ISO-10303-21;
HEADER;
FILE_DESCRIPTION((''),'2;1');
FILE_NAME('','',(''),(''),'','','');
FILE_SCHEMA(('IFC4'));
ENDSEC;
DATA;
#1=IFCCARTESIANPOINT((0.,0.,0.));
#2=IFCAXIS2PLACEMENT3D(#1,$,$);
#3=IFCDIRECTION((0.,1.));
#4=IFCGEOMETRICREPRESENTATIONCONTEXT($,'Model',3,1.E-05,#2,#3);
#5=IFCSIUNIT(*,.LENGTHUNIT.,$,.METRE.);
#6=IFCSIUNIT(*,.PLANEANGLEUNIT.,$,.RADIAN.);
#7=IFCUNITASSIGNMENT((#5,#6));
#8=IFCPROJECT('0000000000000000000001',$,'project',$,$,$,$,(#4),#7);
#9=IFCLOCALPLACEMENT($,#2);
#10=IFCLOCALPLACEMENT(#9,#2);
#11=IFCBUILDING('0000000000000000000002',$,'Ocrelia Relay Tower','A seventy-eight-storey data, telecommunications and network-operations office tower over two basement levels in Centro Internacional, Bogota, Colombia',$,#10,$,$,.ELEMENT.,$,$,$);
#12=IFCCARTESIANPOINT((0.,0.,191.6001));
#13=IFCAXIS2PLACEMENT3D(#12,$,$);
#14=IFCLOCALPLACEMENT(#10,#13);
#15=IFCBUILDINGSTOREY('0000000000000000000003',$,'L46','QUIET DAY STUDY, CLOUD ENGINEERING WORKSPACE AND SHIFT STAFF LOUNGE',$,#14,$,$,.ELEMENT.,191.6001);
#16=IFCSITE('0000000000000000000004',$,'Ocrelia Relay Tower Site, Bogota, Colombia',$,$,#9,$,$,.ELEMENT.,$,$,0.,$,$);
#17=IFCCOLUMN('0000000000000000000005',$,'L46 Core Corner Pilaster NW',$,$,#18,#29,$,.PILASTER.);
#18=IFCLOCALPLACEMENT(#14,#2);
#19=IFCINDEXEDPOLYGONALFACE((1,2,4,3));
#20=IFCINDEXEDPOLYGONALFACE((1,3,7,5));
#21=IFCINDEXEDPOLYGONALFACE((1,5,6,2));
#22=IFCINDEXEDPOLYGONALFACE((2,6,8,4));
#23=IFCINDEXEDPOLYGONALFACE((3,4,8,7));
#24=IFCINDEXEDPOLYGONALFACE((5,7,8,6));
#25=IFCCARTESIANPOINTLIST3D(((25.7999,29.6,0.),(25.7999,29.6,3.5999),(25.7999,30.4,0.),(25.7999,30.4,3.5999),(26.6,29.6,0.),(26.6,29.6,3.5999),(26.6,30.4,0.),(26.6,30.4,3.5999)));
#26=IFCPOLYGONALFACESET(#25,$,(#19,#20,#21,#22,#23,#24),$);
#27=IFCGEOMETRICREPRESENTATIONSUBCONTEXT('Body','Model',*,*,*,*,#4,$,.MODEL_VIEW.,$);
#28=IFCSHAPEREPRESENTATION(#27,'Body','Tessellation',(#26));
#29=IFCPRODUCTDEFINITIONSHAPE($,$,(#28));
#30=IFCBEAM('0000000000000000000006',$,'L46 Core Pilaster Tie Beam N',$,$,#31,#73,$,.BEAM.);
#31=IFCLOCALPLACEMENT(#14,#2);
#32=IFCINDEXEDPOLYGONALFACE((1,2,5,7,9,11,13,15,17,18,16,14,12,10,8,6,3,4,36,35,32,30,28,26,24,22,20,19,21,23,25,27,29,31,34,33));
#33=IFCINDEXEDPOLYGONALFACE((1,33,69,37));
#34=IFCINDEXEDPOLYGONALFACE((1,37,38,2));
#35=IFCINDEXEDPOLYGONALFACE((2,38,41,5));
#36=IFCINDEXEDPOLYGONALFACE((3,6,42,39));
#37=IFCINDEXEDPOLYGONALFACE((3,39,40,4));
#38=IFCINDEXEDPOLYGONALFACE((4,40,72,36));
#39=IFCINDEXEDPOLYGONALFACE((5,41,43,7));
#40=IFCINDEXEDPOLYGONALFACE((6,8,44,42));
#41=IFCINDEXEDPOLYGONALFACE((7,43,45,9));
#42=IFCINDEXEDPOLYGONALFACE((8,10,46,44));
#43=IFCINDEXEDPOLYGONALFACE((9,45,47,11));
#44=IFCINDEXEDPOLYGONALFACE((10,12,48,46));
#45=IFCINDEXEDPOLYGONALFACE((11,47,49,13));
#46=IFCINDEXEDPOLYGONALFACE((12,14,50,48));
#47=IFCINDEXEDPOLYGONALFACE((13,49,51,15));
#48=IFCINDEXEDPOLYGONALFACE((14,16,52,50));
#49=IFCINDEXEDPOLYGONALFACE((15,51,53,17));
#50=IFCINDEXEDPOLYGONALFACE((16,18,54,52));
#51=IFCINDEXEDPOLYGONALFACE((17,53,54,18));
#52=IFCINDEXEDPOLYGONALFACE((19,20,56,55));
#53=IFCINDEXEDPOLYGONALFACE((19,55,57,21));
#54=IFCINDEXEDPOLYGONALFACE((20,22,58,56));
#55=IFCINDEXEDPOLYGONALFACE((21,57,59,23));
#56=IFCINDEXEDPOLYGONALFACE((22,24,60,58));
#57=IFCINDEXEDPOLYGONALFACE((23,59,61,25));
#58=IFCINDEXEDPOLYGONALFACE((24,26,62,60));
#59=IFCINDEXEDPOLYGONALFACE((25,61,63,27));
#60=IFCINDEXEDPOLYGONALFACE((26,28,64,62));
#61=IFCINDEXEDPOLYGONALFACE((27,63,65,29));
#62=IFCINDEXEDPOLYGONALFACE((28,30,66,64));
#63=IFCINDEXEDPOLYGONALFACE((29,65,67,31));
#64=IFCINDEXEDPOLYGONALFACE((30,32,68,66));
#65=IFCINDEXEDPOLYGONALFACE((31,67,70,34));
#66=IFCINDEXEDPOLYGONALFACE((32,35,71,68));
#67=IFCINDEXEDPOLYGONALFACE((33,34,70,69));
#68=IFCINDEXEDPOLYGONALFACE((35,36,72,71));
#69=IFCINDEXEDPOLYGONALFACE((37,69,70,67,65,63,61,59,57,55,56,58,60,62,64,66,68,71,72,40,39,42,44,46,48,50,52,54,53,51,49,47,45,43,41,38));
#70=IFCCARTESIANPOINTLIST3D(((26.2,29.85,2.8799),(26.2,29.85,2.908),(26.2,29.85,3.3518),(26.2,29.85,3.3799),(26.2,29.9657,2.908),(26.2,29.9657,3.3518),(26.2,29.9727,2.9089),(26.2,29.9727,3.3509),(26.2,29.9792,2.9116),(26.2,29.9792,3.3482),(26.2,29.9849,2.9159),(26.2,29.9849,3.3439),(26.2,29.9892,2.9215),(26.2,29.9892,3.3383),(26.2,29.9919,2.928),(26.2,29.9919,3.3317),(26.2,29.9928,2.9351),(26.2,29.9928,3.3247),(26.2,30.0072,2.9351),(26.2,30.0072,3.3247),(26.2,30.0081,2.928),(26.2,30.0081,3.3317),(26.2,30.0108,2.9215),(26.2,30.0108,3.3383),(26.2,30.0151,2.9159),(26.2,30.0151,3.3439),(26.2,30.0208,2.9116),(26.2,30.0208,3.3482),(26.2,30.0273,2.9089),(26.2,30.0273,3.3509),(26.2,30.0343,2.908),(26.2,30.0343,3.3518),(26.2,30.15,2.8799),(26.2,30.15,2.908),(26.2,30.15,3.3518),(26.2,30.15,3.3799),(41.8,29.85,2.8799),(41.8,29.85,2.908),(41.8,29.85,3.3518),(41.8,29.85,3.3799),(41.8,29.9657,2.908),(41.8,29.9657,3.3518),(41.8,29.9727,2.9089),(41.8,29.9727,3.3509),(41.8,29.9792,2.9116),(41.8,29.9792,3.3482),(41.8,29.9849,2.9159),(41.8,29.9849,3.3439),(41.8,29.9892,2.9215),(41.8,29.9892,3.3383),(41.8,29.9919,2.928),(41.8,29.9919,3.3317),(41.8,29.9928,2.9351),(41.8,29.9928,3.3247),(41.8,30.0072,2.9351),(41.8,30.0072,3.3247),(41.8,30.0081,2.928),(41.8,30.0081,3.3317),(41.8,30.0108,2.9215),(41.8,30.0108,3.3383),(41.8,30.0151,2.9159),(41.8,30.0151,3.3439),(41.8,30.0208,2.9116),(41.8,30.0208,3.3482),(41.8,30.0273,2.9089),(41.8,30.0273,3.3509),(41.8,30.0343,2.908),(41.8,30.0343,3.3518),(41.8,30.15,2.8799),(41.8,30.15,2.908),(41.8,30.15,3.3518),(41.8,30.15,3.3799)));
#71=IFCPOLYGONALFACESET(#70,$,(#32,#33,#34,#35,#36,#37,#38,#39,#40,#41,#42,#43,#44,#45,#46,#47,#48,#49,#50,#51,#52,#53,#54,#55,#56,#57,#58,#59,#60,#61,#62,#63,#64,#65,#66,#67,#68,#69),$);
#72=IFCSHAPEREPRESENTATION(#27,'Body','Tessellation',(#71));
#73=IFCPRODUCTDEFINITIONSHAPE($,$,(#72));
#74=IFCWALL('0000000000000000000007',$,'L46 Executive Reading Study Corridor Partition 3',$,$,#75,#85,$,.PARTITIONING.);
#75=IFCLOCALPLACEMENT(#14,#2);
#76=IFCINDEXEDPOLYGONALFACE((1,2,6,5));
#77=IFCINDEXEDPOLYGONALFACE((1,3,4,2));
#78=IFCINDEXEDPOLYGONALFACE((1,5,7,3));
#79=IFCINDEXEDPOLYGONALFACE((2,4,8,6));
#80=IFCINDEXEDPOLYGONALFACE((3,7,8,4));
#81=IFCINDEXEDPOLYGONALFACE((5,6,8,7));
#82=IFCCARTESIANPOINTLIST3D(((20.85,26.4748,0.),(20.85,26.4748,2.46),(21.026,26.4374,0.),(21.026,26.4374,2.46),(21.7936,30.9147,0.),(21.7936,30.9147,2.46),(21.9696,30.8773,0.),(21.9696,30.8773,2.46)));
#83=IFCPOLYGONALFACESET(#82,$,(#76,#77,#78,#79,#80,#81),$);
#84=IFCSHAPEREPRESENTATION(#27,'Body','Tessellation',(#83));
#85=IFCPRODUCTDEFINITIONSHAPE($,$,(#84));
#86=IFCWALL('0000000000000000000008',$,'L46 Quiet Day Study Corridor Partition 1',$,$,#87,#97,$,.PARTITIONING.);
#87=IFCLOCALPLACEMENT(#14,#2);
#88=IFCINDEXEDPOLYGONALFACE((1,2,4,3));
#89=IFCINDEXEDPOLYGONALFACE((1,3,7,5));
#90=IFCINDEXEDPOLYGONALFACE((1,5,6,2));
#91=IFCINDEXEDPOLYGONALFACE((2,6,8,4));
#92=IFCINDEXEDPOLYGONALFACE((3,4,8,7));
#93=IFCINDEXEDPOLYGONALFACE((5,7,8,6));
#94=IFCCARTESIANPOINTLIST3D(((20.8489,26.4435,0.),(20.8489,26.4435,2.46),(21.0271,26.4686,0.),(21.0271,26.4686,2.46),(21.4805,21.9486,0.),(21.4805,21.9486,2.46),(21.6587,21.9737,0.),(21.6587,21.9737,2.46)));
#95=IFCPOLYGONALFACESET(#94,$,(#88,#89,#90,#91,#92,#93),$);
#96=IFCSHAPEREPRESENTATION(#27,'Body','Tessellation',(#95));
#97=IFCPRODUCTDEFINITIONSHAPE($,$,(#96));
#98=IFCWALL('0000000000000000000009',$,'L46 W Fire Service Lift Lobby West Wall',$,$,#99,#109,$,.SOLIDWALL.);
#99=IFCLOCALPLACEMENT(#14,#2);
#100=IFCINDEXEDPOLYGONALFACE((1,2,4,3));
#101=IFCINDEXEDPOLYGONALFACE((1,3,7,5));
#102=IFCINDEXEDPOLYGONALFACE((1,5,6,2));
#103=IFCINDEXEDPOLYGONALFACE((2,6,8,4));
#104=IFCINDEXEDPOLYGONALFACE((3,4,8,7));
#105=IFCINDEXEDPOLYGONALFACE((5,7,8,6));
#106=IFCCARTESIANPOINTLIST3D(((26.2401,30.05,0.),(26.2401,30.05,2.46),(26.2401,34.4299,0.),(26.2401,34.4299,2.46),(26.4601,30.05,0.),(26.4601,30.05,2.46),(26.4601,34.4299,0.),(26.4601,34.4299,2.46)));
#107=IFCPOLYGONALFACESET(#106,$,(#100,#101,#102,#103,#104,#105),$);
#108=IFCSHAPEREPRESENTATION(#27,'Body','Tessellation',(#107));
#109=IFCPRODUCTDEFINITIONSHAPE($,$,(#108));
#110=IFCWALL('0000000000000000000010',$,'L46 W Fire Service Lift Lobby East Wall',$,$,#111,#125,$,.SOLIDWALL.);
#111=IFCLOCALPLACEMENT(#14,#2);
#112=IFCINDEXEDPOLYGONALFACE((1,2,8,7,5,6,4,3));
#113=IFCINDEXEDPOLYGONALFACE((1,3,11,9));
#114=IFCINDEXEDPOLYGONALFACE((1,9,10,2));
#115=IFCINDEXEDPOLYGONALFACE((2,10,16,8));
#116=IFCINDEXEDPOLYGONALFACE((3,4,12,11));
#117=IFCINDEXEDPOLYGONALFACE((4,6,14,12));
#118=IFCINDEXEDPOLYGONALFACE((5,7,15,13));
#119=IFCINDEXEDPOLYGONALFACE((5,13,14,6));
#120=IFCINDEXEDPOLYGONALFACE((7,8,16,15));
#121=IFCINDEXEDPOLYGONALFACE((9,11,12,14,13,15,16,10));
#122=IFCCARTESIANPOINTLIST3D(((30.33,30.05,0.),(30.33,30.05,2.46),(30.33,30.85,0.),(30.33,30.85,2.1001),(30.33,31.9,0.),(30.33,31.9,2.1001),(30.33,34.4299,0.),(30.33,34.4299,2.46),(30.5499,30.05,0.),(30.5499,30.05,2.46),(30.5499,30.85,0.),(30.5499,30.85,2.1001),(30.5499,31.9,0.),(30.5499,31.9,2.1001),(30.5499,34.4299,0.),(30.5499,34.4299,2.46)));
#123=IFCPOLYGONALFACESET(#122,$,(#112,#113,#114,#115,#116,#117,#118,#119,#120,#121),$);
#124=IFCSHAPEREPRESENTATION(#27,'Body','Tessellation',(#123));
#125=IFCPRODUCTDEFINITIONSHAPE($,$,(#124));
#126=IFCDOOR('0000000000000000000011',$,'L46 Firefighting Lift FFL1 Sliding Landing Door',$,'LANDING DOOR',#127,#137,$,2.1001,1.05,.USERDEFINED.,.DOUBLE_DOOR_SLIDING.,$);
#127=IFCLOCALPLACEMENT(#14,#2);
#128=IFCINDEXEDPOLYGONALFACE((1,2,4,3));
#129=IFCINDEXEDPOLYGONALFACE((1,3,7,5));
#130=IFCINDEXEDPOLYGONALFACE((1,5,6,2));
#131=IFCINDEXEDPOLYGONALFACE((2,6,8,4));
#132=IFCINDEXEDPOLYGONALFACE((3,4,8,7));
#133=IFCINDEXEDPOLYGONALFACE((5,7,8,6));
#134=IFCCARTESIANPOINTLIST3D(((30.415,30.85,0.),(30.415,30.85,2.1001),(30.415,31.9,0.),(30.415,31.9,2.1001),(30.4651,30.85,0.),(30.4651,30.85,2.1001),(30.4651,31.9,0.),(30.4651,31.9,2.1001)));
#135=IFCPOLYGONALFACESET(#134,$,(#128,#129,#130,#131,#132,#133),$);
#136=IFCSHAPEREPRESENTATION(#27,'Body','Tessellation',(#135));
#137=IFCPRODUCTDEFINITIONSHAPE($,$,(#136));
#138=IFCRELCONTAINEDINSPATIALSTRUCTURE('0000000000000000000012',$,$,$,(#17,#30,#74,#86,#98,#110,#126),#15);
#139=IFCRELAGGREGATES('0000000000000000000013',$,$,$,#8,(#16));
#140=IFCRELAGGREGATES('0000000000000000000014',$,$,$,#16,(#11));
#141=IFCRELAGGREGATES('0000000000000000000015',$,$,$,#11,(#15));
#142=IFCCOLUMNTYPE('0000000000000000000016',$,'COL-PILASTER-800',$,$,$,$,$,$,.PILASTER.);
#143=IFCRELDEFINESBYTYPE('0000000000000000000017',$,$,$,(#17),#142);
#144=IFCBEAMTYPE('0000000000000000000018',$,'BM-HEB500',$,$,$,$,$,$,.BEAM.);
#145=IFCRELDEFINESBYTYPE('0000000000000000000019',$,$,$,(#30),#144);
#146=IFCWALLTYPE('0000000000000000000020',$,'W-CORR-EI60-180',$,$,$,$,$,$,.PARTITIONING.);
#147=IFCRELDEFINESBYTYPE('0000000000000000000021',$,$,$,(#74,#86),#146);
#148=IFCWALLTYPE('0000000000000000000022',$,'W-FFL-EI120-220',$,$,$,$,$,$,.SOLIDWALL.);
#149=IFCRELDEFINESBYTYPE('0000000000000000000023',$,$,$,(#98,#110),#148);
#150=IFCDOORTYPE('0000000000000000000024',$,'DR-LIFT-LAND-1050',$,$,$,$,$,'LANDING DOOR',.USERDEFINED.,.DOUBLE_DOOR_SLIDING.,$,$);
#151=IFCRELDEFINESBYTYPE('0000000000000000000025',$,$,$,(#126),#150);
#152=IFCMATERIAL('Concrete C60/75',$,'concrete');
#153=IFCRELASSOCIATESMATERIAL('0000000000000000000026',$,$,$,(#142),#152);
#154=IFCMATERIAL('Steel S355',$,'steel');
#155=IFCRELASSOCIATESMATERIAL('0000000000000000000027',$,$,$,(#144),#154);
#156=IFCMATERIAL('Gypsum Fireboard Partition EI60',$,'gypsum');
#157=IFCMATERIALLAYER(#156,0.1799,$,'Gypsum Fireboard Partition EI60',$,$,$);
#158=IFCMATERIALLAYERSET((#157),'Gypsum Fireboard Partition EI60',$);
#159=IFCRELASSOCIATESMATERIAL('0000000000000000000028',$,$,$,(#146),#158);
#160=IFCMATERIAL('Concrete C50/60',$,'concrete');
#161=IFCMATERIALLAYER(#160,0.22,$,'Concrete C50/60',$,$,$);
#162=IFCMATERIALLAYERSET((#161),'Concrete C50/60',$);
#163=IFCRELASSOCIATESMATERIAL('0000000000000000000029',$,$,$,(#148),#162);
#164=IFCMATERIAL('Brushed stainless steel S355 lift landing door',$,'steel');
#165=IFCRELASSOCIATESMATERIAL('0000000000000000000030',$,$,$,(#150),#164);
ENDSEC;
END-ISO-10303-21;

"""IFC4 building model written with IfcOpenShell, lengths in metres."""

from ifc_helpers import new_model, si_unit, direction, frame, frame_2d, origin, origin_2d, place, context, subcontext, project, spatial, rectangle, i_section, extrude, material, layer, layer_set, material_profile, profile_set, type_object, element, fill, save


model = new_model("IFC4")

# Units and contexts
model_context = context("Model", 3, precision=1e-05, world=origin(), true_north=direction((0.0, 1.0)))
body_context = subcontext(model_context, "Body", "Model", "MODEL_VIEW")
ifc_project = project(units=[si_unit("LENGTHUNIT", "METRE"), si_unit("PLANEANGLEUNIT", "RADIAN")], contexts=[model_context])

# Site, building, storey
site_placement = place(None, origin())
site = spatial("IfcSite", under=ifc_project, at=site_placement, Name="Ocrelia Relay Tower Site, Bogota, Colombia", CompositionType="ELEMENT", RefElevation=0.0)
building_placement = place(site_placement, origin())
building = spatial("IfcBuilding", under=site, at=building_placement, Name="Ocrelia Relay Tower", Description="A seventy-eight-storey data, telecommunications and network-operations office tower over two basement levels in Centro Internacional, Bogota, Colombia", CompositionType="ELEMENT")
storey_placement = place(building_placement, frame((0.0, 0.0, 191.6001)))
storey = spatial("IfcBuildingStorey", under=building, at=storey_placement, Name="L46", Description="QUIET DAY STUDY, CLOUD ENGINEERING WORKSPACE AND SHIFT STAFF LOUNGE", CompositionType="ELEMENT", Elevation=191.6001)

# Column
ifc_material_1 = material(Name="Concrete C60/75", Category="concrete")
ifc_material_profile_1 = material_profile(ifc_material_1, rectangle(XDim=0.8, YDim=0.8, at=origin_2d()), Name="RC-COL-800x800")
ifc_profile_set_1 = profile_set([ifc_material_profile_1], Name="Concrete C60/75")
column_type = type_object("IfcColumnType", Name="COL-PILASTER-800", PredefinedType="PILASTER", material=ifc_profile_set_1)
column_placement = place(storey_placement, frame((26.2, 30.0, 0.0), z_axis=(0.0, 0.0, 1.0), x_axis=(1.0, 0.0, 0.0)))
element("IfcColumn", 1, at=column_placement, inside=storey, type_object=column_type, Name="L46 Core Corner Pilaster NW", PredefinedType="PILASTER", context=body_context, shape_type="SweptSolid", body=[
    extrude(rectangle(XDim=0.8, YDim=0.8, at=origin_2d()), origin(), (0.0, 0.0, 1.0), 3.5999),
])

# Beam
ifc_material_2 = material(Name="Steel S355", Category="steel")
ifc_material_profile_2 = material_profile(ifc_material_2, i_section(OverallWidth=0.3, OverallDepth=0.5, WebThickness=0.0144, FlangeThickness=0.0281, FilletRadius=0.0271, at=origin_2d()), Name="HEB 500")
ifc_profile_set_2 = profile_set([ifc_material_profile_2], Name="Steel S355")
beam_type = type_object("IfcBeamType", Name="BM-HEB500", PredefinedType="BEAM", material=ifc_profile_set_2)
beam_placement = place(storey_placement, frame((26.2, 30.0, 3.1299), z_axis=(1.0, 0.0, 0.0), x_axis=(0.0, 1.0, 0.0)))
element("IfcBeam", 2, at=beam_placement, inside=storey, type_object=beam_type, Name="L46 Core Pilaster Tie Beam N", PredefinedType="BEAM", context=body_context, shape_type="SweptSolid", body=[
    extrude(i_section(OverallWidth=0.3, OverallDepth=0.5, WebThickness=0.0144, FlangeThickness=0.0281, FilletRadius=0.0271, at=origin_2d()), origin(), (0.0, 0.0, 1.0), 15.6001),
])

# Shared definitions
ifc_material_3 = material(Name="Gypsum Fireboard Partition EI60", Category="gypsum")
ifc_layer_1 = layer(ifc_material_3, 0.1799, Name="Gypsum Fireboard Partition EI60")
ifc_layer_set_1 = layer_set([ifc_layer_1], Name="Gypsum Fireboard Partition EI60")
wall_type_1 = type_object("IfcWallType", Name="W-CORR-EI60-180", PredefinedType="PARTITIONING", material=ifc_layer_set_1)

# Walls
for number, where, z_axis, x_axis, name in (
    (3, (21.8816, 30.896, 0.0), (0.0, 0.0, 1.0), (-0.207883, -0.978154, 0.0), "L46 Executive Reading Study Corridor Partition 3"),
    (4, (20.938, 26.4561, 0.0), (0.0, 0.0, 1.0), (0.139147, -0.990272, 0.0), "L46 Quiet Day Study Corridor Partition 1"),
):
    element("IfcWall", number, at=place(storey_placement, frame(where, z_axis=z_axis, x_axis=x_axis)), inside=storey, type_object=wall_type_1, Name=name, PredefinedType="PARTITIONING", context=body_context, shape_type="SweptSolid", body=[
        extrude(rectangle(XDim=4.5391, YDim=0.1799, at=frame_2d((2.2695, 0.0))), origin(), (0.0, 0.0, 1.0), 2.46),
    ])

# Wall
ifc_material_4 = material(Name="Concrete C50/60", Category="concrete")
ifc_layer_2 = layer(ifc_material_4, 0.22, Name="Concrete C50/60")
ifc_layer_set_2 = layer_set([ifc_layer_2], Name="Concrete C50/60")
wall_type_2 = type_object("IfcWallType", Name="W-FFL-EI120-220", PredefinedType="SOLIDWALL", material=ifc_layer_set_2)
wall_1_placement = place(storey_placement, frame((26.3501, 30.05, 0.0), z_axis=(0.0, 0.0, 1.0), x_axis=(0.0, 1.0, 0.0)))
element("IfcWall", 5, at=wall_1_placement, inside=storey, type_object=wall_type_2, Name="L46 W Fire Service Lift Lobby West Wall", PredefinedType="SOLIDWALL", context=body_context, shape_type="SweptSolid", body=[
    extrude(rectangle(XDim=4.3799, YDim=0.22, at=frame_2d((2.1899, 0.0))), origin(), (0.0, 0.0, 1.0), 2.46),
])

# Wall, opening, door
wall_2_placement = place(storey_placement, frame((30.4399, 30.05, 0.0), z_axis=(0.0, 0.0, 1.0), x_axis=(0.0, 1.0, 0.0)))
wall_2 = element("IfcWall", 6, at=wall_2_placement, inside=storey, type_object=wall_type_2, Name="L46 W Fire Service Lift Lobby East Wall", PredefinedType="SOLIDWALL", context=body_context, shape_type="SweptSolid", body=[
    extrude(rectangle(XDim=4.3799, YDim=0.22, at=frame_2d((2.1899, 0.0))), origin(), (0.0, 0.0, 1.0), 2.46),
])
opening_1_placement = place(wall_2_placement, frame((0.8, 0.0, 0.0)))
opening_1 = element("IfcOpeningElement", 7, at=opening_1_placement, cuts=wall_2, PredefinedType="OPENING", context=body_context, shape_type="SweptSolid", body=[
    extrude(rectangle(XDim=1.05, YDim=2.1001, at=frame_2d((0.5249, 1.05))), frame((0.0, 0.1201, 0.0), z_axis=(0.0, -1.0, 0.0), x_axis=(1.0, 0.0, 0.0)), (0.0, 0.0, 1.0), 0.24),
])
ifc_material_5 = material(Name="Brushed stainless steel S355 lift landing door", Category="steel")
door_type_1 = type_object("IfcDoorType", Name="DR-LIFT-LAND-1050", ElementType="LANDING DOOR", OperationType="DOUBLE_DOOR_SLIDING", PredefinedType="USERDEFINED", material=ifc_material_5)
door_1_placement = place(opening_1_placement, origin())
door_1 = element("IfcDoor", 8, at=door_1_placement, inside=storey, type_object=door_type_1, Name="L46 Firefighting Lift FFL1 Sliding Landing Door", ObjectType="LANDING DOOR", OperationType="DOUBLE_DOOR_SLIDING", OverallHeight=2.1001, OverallWidth=1.05, PredefinedType="USERDEFINED", context=body_context, shape_type="SweptSolid", body=[
    extrude(rectangle(XDim=1.05, YDim=2.1001, at=frame_2d((0.5249, 1.05))), frame((0.0, 0.0249, 0.0), z_axis=(0.0, -1.0, 0.0), x_axis=(1.0, 0.0, 0.0)), (0.0, 0.0, 1.0), 0.05),
])
fill(opening_1, door_1)

save(model, "model.ifc")
